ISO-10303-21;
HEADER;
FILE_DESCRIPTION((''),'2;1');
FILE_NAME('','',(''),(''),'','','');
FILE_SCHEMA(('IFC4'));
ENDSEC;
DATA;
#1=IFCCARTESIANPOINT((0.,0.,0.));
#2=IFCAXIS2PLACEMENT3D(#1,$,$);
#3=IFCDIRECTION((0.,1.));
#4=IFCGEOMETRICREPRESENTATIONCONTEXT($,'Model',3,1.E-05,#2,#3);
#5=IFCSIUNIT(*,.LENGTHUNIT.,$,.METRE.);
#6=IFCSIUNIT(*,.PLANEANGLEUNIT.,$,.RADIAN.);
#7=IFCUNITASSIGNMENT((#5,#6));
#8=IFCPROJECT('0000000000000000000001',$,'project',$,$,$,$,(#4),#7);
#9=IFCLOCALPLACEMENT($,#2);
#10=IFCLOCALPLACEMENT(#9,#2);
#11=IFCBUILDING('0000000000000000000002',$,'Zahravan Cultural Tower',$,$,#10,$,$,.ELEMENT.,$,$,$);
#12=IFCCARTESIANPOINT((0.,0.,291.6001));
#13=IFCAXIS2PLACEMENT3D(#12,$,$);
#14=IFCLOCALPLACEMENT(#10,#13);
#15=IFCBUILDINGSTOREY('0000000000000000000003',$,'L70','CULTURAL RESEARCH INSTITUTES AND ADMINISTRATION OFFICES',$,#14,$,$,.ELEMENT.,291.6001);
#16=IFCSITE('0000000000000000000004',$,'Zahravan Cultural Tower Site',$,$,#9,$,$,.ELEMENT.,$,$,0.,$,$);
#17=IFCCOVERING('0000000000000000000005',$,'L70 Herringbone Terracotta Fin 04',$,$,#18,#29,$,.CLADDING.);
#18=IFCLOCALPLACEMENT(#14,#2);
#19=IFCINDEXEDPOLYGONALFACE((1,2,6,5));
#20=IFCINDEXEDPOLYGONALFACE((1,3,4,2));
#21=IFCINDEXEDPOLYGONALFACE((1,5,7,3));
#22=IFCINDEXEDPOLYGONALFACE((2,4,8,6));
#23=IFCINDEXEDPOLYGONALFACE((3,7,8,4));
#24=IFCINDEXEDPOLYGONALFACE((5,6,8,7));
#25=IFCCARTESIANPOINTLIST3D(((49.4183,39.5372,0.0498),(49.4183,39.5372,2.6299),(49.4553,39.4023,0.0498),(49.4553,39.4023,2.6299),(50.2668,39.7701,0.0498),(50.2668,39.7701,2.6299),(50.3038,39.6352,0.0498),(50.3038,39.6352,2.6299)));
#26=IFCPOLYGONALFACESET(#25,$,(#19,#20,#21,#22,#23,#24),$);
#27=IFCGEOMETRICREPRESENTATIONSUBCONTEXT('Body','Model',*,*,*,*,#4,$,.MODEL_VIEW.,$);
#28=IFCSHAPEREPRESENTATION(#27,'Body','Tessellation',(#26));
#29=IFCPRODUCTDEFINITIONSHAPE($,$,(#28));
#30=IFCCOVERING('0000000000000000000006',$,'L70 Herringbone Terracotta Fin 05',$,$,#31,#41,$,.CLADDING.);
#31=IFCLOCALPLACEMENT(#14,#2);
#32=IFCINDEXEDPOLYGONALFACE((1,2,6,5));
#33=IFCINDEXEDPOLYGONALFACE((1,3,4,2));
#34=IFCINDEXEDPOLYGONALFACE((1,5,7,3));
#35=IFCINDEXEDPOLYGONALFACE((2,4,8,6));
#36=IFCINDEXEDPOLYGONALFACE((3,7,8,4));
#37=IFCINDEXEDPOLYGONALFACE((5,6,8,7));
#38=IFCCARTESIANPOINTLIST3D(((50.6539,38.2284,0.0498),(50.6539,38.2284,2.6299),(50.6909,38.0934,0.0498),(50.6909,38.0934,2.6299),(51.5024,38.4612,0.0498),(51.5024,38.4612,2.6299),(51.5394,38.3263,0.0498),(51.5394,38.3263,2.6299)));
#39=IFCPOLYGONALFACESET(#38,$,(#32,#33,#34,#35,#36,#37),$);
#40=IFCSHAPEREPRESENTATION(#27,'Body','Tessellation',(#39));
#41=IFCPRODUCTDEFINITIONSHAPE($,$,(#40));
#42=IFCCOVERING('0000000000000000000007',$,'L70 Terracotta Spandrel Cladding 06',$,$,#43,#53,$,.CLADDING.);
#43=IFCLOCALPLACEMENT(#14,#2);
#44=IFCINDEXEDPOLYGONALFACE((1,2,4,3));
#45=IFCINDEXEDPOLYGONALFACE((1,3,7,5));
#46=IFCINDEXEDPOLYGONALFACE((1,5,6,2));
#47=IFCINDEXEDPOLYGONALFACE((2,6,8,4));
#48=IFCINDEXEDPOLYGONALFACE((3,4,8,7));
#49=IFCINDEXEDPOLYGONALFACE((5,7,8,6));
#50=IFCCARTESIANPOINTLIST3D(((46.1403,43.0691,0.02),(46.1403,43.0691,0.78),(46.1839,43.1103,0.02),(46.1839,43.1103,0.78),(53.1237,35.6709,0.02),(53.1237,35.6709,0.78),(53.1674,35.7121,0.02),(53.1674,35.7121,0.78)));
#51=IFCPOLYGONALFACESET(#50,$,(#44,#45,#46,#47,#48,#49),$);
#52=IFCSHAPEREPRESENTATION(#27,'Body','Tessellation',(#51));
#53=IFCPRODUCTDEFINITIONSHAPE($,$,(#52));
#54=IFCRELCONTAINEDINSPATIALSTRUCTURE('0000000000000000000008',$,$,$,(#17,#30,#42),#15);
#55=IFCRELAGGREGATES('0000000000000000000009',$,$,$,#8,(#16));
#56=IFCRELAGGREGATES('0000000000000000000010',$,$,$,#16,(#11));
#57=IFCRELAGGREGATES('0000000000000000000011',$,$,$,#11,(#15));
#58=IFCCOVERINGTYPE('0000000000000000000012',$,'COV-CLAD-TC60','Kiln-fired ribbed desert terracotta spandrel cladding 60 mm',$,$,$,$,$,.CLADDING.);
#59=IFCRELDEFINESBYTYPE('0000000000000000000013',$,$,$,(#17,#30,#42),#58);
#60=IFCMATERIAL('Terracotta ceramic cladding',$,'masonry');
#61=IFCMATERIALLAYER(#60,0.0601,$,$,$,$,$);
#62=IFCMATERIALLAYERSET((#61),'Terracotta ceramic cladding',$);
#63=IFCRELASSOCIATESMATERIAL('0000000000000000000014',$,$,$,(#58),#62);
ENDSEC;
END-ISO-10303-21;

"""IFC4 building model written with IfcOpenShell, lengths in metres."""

from ifc_helpers import new_model, si_unit, direction, frame, origin, origin_2d, place, context, subcontext, project, spatial, rectangle, extrude, source, transform, mapped, material, layer, layer_set, type_object, element, save


model = new_model("IFC4")

# Units and contexts
model_context = context("Model", 3, precision=1e-05, world=origin(), true_north=direction((0.0, 1.0)))
body_context = subcontext(model_context, "Body", "Model", "MODEL_VIEW")
ifc_project = project(units=[si_unit("LENGTHUNIT", "METRE"), si_unit("PLANEANGLEUNIT", "RADIAN")], contexts=[model_context])

# Site, building, storey
site_placement = place(None, origin())
site = spatial("IfcSite", under=ifc_project, at=site_placement, Name="Zahravan Cultural Tower Site", CompositionType="ELEMENT", RefElevation=0.0)
building_placement = place(site_placement, origin())
building = spatial("IfcBuilding", under=site, at=building_placement, Name="Zahravan Cultural Tower", CompositionType="ELEMENT")
storey_placement = place(building_placement, frame((0.0, 0.0, 291.6001)))
storey = spatial("IfcBuildingStorey", under=building, at=storey_placement, Name="L70", Description="CULTURAL RESEARCH INSTITUTES AND ADMINISTRATION OFFICES", CompositionType="ELEMENT", Elevation=291.6001)

# Coverings
ifc_material_1 = material(Name="Terracotta ceramic cladding", Category="masonry")
ifc_layer_1 = layer(ifc_material_1, 0.0601)
ifc_layer_set_1 = layer_set([ifc_layer_1], Name="Terracotta ceramic cladding")
covering_type = type_object("IfcCoveringType", Name="COV-CLAD-TC60", Description="Kiln-fired ribbed desert terracotta spandrel cladding 60 mm", PredefinedType="CLADDING", material=ifc_layer_set_1)
shared_shape_1 = source(origin(), body_context, "Body", "SweptSolid", [
    extrude(rectangle(XDim=0.8799, YDim=0.1399, at=origin_2d()), origin(), (0.0, 0.0, 1.0), 2.5801),
])
for number, where, z_axis, x_axis, name in (
    (1, (49.8611, 39.5862, 0.0498), (0.0, 0.0, 1.0), (0.964336, 0.264681, 0.0), "L70 Herringbone Terracotta Fin 04"),
    (2, (51.0967, 38.2773, 0.0498), (0.0, 0.0, 1.0), (0.964336, 0.264681, 0.0), "L70 Herringbone Terracotta Fin 05"),
):
    element("IfcCovering", number, at=place(storey_placement, frame(where, z_axis=z_axis, x_axis=x_axis)), inside=storey, type_object=covering_type, Name=name, PredefinedType="CLADDING", context=body_context, shape_type="MappedRepresentation", body=[
        mapped(shared_shape_1, transform((0.0, 0.0, 0.0), x_axis=(1.0, 0.0, 0.0), y_axis=(0.0, 1.0, 0.0), z_axis=(0.0, 0.0, 1.0), scale=1.0)),
    ])
shared_shape_2 = source(origin(), body_context, "Body", "SweptSolid", [
    extrude(rectangle(XDim=10.1736, YDim=0.0601, at=origin_2d()), origin(), (0.0, 0.0, 1.0), 0.76),
])
covering_placement = place(storey_placement, frame((49.6538, 39.3906, 0.02), z_axis=(0.0, 0.0, 1.0), x_axis=(0.686428, -0.727198, 0.0)))
element("IfcCovering", 3, at=covering_placement, inside=storey, type_object=covering_type, Name="L70 Terracotta Spandrel Cladding 06", PredefinedType="CLADDING", context=body_context, shape_type="MappedRepresentation", body=[
    mapped(shared_shape_2, transform((0.0, 0.0, 0.0), x_axis=(1.0, 0.0, 0.0), y_axis=(0.0, 1.0, 0.0), z_axis=(0.0, 0.0, 1.0), scale=1.0)),
])

save(model, "model.ifc")
